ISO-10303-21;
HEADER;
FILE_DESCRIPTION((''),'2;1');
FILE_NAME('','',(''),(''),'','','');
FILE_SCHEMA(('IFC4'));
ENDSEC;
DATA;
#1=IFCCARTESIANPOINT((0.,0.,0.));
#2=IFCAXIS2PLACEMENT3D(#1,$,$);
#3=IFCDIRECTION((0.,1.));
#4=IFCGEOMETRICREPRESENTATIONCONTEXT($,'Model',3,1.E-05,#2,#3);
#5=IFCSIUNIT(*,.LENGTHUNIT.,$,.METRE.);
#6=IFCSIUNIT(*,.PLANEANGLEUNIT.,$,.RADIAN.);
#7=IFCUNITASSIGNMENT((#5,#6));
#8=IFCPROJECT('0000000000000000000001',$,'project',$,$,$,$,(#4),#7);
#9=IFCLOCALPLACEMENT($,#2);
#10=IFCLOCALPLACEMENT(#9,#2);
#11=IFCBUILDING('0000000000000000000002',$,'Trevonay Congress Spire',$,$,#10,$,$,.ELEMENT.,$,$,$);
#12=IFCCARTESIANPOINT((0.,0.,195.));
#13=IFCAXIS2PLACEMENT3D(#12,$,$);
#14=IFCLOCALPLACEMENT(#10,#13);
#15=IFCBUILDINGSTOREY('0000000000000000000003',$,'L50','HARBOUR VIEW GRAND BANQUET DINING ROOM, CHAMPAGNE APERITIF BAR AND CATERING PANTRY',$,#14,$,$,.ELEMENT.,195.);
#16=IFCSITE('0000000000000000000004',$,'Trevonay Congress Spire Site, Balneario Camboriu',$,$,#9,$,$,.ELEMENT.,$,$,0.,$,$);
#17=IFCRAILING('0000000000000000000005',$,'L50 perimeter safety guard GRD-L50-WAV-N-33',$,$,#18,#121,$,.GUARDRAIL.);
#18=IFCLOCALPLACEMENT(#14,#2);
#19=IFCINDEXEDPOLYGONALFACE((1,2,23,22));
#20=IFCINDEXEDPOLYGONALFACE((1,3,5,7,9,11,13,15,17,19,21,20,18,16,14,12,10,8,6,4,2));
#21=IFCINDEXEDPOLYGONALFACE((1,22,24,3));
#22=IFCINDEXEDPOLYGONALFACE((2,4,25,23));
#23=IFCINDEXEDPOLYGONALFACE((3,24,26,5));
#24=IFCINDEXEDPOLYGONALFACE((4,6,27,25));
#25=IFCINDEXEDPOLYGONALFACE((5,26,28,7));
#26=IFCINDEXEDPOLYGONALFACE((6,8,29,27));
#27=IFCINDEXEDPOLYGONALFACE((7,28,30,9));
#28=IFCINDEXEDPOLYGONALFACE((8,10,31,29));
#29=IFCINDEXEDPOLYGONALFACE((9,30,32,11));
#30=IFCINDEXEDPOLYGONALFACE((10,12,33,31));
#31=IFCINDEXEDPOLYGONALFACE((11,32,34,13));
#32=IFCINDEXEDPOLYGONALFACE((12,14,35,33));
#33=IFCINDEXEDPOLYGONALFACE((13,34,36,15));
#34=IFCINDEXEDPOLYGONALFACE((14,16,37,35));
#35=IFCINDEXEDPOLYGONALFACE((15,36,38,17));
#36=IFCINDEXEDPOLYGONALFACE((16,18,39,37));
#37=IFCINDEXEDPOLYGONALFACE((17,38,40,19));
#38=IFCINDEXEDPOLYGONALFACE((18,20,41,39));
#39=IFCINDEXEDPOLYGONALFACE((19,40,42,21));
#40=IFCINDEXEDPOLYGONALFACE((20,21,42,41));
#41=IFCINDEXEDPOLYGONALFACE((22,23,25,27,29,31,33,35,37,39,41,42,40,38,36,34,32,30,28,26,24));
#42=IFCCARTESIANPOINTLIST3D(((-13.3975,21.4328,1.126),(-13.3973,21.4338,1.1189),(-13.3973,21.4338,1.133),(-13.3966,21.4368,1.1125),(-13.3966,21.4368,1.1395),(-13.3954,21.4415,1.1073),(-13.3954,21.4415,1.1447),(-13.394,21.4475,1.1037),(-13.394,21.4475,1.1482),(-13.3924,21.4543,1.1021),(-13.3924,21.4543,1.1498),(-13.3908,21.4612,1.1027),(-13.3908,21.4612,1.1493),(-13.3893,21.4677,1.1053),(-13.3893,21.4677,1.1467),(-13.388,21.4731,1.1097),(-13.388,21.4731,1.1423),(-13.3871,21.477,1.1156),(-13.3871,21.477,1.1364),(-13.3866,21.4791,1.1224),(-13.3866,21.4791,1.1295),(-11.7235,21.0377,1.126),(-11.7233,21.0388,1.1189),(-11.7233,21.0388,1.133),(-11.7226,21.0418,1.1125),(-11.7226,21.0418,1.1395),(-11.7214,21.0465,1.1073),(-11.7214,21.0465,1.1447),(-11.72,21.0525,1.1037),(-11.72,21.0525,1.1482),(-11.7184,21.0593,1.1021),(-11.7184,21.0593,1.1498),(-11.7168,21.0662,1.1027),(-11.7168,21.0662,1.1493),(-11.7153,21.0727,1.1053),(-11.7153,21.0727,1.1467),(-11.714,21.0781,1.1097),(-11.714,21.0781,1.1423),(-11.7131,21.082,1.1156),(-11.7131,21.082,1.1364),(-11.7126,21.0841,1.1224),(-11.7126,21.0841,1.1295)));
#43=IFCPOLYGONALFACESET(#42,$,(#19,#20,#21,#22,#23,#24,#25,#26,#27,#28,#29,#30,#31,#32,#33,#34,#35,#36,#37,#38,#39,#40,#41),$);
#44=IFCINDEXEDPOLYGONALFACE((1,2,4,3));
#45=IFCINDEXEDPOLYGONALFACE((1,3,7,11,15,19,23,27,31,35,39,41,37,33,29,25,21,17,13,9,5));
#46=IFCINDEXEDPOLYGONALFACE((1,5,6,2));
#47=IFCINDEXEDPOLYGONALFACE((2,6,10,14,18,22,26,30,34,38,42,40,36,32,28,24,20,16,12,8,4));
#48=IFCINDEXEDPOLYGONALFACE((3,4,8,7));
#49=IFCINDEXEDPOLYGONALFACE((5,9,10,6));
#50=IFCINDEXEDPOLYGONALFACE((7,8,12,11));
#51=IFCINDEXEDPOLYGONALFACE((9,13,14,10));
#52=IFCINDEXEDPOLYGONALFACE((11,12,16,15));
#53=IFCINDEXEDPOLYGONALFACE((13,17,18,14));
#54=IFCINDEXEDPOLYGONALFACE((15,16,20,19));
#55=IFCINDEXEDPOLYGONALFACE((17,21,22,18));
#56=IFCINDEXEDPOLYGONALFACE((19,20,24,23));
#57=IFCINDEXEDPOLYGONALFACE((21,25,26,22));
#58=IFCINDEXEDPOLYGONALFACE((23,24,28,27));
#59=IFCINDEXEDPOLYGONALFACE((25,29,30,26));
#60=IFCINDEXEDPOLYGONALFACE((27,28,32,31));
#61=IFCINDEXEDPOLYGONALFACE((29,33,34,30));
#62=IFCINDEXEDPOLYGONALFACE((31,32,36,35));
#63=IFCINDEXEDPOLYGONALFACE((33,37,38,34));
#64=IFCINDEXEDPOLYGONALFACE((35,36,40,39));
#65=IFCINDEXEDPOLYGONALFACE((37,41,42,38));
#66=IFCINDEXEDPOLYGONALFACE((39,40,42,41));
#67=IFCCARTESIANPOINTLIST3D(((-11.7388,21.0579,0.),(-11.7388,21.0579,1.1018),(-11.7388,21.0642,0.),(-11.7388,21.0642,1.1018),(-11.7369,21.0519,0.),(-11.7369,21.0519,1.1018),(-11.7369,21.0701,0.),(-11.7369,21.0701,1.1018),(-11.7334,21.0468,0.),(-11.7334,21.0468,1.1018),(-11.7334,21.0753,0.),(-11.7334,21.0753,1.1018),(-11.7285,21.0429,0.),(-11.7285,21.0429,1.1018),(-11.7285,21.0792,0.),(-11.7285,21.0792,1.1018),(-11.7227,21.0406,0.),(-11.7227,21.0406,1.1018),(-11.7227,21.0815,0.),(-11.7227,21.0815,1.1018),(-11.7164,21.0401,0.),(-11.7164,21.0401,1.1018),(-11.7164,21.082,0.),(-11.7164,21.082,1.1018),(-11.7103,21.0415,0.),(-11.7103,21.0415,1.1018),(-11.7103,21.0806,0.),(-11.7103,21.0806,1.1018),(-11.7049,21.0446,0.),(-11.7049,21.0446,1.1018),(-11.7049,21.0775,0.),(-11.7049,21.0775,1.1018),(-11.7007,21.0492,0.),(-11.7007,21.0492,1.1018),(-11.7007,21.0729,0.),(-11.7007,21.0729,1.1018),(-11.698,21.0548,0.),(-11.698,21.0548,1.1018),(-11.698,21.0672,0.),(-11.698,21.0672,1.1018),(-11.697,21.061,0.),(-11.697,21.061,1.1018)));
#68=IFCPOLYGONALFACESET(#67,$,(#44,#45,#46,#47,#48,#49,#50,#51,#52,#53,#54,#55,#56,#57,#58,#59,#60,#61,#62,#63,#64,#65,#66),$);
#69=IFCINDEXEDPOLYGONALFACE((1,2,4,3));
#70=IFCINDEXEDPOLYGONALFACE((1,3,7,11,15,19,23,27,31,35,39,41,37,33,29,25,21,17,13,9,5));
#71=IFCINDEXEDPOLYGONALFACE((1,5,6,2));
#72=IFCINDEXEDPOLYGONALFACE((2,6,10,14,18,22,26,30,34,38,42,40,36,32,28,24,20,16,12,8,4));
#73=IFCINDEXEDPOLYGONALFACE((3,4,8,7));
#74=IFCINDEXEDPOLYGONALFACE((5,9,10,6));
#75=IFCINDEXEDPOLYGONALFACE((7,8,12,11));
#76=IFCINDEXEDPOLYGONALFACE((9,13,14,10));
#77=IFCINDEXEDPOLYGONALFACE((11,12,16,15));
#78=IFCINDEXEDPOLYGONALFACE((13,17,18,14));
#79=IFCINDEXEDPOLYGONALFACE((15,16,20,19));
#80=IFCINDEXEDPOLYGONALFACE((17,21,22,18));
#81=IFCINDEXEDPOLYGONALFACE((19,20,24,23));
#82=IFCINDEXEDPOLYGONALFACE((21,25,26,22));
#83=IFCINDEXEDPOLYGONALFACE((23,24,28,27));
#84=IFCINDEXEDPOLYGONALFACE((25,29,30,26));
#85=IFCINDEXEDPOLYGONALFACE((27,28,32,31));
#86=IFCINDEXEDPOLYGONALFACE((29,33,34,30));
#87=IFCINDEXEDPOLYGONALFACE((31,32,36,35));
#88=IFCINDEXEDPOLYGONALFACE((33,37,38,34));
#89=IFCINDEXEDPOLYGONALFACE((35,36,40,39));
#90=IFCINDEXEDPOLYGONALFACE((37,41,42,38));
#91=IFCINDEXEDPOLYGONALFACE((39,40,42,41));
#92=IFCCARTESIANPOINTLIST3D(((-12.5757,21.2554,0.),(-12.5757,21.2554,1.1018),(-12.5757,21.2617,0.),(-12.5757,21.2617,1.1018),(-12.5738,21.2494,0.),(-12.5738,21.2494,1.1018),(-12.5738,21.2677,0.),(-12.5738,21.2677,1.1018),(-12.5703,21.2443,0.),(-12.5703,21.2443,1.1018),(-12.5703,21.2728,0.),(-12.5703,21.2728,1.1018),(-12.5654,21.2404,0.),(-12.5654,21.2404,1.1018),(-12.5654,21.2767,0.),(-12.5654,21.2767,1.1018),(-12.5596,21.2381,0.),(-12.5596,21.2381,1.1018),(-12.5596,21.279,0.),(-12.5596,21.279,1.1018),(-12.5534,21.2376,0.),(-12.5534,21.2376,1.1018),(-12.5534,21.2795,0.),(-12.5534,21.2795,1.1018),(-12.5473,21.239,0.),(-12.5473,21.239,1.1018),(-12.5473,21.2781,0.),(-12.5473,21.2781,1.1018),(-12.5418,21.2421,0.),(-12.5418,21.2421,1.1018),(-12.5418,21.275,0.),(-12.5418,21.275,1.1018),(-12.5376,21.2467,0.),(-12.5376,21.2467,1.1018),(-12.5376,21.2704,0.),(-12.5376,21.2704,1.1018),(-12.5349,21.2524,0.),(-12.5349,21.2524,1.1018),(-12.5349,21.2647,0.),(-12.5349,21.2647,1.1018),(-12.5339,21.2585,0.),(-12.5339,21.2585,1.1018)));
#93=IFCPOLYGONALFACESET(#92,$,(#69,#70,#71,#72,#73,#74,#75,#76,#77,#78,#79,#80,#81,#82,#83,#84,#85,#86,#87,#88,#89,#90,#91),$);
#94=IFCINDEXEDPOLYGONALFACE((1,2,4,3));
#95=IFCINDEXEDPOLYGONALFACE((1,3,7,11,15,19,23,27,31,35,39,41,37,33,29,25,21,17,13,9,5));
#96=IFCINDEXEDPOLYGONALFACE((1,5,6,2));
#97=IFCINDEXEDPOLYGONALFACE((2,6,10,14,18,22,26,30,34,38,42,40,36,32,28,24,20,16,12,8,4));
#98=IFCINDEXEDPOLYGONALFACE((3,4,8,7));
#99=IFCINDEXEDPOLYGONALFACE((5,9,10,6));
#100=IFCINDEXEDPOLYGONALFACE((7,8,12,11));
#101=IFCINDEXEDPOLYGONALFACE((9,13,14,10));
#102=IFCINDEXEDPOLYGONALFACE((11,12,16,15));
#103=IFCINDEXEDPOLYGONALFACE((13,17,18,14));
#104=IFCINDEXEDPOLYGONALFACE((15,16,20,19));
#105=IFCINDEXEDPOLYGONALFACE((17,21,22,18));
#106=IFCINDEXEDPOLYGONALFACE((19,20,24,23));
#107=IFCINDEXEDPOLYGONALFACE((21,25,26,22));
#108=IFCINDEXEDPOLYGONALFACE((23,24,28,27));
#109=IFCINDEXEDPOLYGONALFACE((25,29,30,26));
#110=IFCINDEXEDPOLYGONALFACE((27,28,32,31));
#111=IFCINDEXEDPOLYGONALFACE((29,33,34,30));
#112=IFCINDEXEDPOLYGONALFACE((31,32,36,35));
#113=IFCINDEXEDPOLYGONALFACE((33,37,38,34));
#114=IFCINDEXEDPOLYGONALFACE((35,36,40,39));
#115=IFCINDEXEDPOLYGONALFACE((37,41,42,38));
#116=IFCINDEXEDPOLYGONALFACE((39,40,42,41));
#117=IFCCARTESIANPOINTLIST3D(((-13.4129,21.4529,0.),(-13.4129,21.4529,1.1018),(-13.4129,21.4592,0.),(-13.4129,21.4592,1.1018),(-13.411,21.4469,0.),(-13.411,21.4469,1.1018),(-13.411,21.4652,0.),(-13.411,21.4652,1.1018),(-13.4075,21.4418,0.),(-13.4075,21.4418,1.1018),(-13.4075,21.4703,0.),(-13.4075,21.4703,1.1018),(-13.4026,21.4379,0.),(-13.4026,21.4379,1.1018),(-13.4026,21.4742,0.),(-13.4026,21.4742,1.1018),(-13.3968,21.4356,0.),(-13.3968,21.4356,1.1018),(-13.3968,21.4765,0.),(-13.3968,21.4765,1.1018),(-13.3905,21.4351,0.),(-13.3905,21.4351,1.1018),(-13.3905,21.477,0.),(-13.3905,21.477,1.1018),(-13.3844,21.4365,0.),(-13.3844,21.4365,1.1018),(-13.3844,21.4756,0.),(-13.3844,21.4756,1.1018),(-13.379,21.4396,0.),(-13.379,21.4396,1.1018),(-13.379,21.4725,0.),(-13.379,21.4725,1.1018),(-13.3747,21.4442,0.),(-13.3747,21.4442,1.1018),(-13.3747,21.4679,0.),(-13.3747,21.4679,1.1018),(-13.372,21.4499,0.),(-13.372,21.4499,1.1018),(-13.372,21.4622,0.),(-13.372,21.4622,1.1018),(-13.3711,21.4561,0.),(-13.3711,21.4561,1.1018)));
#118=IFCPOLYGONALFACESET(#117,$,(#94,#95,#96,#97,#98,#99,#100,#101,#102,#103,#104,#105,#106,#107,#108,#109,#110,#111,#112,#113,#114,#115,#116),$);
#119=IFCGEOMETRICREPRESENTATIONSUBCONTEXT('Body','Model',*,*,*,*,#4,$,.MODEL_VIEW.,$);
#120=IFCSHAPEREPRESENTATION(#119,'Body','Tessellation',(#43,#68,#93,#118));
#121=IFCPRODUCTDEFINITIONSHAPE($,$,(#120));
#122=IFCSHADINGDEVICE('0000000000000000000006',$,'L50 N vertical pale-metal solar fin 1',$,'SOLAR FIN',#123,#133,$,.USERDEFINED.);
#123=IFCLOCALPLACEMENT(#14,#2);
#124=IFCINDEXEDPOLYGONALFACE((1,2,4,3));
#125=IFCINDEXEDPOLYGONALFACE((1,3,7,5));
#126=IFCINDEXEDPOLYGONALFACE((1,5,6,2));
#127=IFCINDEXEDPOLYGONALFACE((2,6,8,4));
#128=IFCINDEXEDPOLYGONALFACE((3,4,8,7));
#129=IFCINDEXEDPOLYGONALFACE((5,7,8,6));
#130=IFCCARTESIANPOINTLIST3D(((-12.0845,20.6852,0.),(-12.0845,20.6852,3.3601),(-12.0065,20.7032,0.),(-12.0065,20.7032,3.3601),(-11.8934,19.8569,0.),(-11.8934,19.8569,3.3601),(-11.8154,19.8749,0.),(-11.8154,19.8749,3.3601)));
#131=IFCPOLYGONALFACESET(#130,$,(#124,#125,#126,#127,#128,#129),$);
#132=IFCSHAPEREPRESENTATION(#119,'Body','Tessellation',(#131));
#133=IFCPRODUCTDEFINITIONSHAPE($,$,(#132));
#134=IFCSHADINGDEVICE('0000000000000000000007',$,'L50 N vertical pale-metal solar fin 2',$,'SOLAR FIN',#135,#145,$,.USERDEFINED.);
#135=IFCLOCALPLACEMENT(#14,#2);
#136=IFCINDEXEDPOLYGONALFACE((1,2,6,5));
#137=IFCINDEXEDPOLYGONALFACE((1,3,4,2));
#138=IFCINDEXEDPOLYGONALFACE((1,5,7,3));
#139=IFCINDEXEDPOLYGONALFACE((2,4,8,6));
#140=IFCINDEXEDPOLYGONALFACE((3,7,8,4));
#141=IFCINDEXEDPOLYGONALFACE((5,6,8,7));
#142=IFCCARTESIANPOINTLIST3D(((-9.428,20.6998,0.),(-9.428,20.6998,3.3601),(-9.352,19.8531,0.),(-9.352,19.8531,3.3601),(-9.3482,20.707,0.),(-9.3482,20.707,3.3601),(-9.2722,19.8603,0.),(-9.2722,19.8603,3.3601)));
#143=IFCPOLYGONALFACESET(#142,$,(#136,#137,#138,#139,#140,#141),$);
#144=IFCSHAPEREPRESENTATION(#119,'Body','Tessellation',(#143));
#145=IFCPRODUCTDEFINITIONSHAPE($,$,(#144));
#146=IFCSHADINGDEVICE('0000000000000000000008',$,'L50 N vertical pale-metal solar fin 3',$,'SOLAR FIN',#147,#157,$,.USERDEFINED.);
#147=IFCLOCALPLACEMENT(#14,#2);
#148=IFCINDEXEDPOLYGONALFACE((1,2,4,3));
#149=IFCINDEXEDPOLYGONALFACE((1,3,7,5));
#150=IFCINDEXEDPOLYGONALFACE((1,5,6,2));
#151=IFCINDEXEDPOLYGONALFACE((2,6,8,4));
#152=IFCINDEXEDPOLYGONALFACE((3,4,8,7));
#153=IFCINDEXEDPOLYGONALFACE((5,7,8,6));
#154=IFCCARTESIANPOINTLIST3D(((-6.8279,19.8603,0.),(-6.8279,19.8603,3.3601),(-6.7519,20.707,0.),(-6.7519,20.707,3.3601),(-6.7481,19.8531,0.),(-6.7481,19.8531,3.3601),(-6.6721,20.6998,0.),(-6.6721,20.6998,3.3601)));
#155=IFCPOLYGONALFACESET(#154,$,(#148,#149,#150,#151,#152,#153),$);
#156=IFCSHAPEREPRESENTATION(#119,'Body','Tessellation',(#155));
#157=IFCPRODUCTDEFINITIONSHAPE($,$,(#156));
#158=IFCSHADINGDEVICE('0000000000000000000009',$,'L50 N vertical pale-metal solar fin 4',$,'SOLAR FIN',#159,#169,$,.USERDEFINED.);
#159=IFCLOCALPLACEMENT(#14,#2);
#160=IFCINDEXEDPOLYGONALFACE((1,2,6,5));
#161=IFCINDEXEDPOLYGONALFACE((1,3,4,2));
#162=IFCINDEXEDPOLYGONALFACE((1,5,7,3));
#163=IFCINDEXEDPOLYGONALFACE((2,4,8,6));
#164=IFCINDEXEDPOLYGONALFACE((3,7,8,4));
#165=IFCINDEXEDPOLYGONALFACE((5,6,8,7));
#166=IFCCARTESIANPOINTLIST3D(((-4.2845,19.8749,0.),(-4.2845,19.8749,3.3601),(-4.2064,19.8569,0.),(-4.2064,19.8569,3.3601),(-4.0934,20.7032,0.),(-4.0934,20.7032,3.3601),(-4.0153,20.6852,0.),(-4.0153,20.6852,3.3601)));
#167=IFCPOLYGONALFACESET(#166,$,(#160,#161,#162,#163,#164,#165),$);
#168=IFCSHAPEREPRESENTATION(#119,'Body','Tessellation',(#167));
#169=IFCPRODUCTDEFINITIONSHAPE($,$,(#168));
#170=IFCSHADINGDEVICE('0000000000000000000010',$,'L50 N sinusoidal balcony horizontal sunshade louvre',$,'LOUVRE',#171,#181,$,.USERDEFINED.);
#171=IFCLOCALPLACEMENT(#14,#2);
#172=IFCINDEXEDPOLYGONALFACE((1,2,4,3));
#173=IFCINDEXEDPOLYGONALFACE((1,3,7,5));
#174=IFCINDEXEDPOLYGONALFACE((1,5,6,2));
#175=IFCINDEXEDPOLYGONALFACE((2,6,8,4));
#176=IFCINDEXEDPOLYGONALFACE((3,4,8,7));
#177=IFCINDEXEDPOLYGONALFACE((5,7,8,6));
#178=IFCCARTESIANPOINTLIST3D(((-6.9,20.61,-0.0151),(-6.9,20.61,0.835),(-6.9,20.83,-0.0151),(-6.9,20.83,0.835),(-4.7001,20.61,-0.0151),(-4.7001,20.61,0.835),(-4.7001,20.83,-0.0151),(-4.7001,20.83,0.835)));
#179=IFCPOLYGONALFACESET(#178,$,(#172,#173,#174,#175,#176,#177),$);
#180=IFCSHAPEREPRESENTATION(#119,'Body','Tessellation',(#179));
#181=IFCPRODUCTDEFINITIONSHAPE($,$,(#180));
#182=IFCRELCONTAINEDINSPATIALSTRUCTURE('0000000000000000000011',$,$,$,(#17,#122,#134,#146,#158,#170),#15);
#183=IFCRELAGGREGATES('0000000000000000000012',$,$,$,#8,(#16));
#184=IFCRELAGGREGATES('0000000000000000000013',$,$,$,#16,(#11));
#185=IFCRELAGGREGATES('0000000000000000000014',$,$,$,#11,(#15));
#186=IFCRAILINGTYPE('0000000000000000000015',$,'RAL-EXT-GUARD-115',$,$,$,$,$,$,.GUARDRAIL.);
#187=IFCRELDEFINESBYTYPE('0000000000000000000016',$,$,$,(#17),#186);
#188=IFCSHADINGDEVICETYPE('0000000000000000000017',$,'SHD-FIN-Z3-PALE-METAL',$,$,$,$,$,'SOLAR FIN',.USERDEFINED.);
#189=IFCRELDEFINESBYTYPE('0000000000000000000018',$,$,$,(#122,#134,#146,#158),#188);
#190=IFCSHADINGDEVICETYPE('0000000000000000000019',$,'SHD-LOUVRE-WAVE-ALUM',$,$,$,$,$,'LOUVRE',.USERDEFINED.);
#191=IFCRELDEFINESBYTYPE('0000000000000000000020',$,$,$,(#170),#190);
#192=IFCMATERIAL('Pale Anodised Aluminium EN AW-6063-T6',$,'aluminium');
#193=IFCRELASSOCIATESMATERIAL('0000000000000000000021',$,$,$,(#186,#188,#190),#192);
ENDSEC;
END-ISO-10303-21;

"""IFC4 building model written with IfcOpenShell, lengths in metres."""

from ifc_helpers import new_model, si_unit, direction, frame, origin, origin_2d, place, context, subcontext, project, spatial, rectangle, circle, extrude, material, type_object, element, save


model = new_model("IFC4")

# Units and contexts
model_context = context("Model", 3, precision=1e-05, world=origin(), true_north=direction((0.0, 1.0)))
body_context = subcontext(model_context, "Body", "Model", "MODEL_VIEW")
ifc_project = project(units=[si_unit("LENGTHUNIT", "METRE"), si_unit("PLANEANGLEUNIT", "RADIAN")], contexts=[model_context])

# Site, building, storey
site_placement = place(None, origin())
site = spatial("IfcSite", under=ifc_project, at=site_placement, Name="Trevonay Congress Spire Site, Balneario Camboriu", CompositionType="ELEMENT", RefElevation=0.0)
building_placement = place(site_placement, origin())
building = spatial("IfcBuilding", under=site, at=building_placement, Name="Trevonay Congress Spire", CompositionType="ELEMENT")
storey_placement = place(building_placement, frame((0.0, 0.0, 195.0)))
storey = spatial("IfcBuildingStorey", under=building, at=storey_placement, Name="L50", Description="HARBOUR VIEW GRAND BANQUET DINING ROOM, CHAMPAGNE APERITIF BAR AND CATERING PANTRY", CompositionType="ELEMENT", Elevation=195.0)

# Shared definitions
ifc_material_1 = material(Name="Pale Anodised Aluminium EN AW-6063-T6", Category="aluminium")

# Railing
railing_type = type_object("IfcRailingType", Name="RAL-EXT-GUARD-115", PredefinedType="GUARDRAIL", material=ifc_material_1)
railing_1_placement = place(storey_placement, frame((-11.718, 21.061, 0.0)))
element("IfcRailing", 1, at=railing_1_placement, inside=storey, type_object=railing_type, Name="L50 perimeter safety guard GRD-L50-WAV-N-33", PredefinedType="GUARDRAIL", context=body_context, shape_type="SweptSolid", body=[
    extrude(circle(Radius=0.0239, at=origin_2d()), frame((0.0, 0.0, 1.126), z_axis=(-0.973272, 0.229656, 0.0), x_axis=(-0.229656, -0.973272, 0.0)), (0.0, 0.0, 1.0), 1.72),
    extrude(circle(Radius=0.021, at=origin_2d()), origin(), (0.0, 0.0, 1.0), 1.1018),
    extrude(circle(Radius=0.021, at=origin_2d()), frame((-0.8369, 0.1975, 0.0)), (0.0, 0.0, 1.0), 1.1018),
    extrude(circle(Radius=0.021, at=origin_2d()), frame((-1.6741, 0.395, 0.0)), (0.0, 0.0, 1.0), 1.1018),
])

# Shading devices
shading_device_type_1 = type_object("IfcShadingDeviceType", Name="SHD-FIN-Z3-PALE-METAL", ElementType="SOLAR FIN", PredefinedType="USERDEFINED", material=ifc_material_1)
for number, where, z_axis, x_axis, name in (
    (2, (-11.95, 20.28, 0.0), (0.0, 0.0, 1.0), (0.974409, 0.224781, 0.0), "L50 N vertical pale-metal solar fin 1"),
    (3, (-9.3501, 20.28, 0.0), (0.0, 0.0, 1.0), (0.995994, 0.089416, 0.0), "L50 N vertical pale-metal solar fin 2"),
    (4, (-6.75, 20.28, 0.0), (0.0, 0.0, 1.0), (0.995994, -0.089416, 0.0), "L50 N vertical pale-metal solar fin 3"),
    (5, (-4.1499, 20.28, 0.0), (0.0, 0.0, 1.0), (0.974409, -0.224781, 0.0), "L50 N vertical pale-metal solar fin 4"),
):
    element("IfcShadingDevice", number, at=place(storey_placement, frame(where, z_axis=z_axis, x_axis=x_axis)), inside=storey, type_object=shading_device_type_1, Name=name, ObjectType="SOLAR FIN", PredefinedType="USERDEFINED", context=body_context, shape_type="SweptSolid", body=[
        extrude(rectangle(XDim=0.0801, YDim=0.8501, at=origin_2d()), origin(), (0.0, 0.0, 1.0), 3.3601),
    ])
shading_device_type_2 = type_object("IfcShadingDeviceType", Name="SHD-LOUVRE-WAVE-ALUM", ElementType="LOUVRE", PredefinedType="USERDEFINED", material=ifc_material_1)
shading_device_placement = place(storey_placement, frame((-5.8, 20.72, -0.0151), z_axis=(0.0, 0.0, 1.0), x_axis=(1.0, 0.0, 0.0)))
element("IfcShadingDevice", 6, at=shading_device_placement, inside=storey, type_object=shading_device_type_2, Name="L50 N sinusoidal balcony horizontal sunshade louvre", ObjectType="LOUVRE", PredefinedType="USERDEFINED", context=body_context, shape_type="SweptSolid", body=[
    extrude(rectangle(XDim=2.2, YDim=0.22, at=origin_2d()), origin(), (0.0, 0.0, 1.0), 0.8501),
])

save(model, "model.ifc")
